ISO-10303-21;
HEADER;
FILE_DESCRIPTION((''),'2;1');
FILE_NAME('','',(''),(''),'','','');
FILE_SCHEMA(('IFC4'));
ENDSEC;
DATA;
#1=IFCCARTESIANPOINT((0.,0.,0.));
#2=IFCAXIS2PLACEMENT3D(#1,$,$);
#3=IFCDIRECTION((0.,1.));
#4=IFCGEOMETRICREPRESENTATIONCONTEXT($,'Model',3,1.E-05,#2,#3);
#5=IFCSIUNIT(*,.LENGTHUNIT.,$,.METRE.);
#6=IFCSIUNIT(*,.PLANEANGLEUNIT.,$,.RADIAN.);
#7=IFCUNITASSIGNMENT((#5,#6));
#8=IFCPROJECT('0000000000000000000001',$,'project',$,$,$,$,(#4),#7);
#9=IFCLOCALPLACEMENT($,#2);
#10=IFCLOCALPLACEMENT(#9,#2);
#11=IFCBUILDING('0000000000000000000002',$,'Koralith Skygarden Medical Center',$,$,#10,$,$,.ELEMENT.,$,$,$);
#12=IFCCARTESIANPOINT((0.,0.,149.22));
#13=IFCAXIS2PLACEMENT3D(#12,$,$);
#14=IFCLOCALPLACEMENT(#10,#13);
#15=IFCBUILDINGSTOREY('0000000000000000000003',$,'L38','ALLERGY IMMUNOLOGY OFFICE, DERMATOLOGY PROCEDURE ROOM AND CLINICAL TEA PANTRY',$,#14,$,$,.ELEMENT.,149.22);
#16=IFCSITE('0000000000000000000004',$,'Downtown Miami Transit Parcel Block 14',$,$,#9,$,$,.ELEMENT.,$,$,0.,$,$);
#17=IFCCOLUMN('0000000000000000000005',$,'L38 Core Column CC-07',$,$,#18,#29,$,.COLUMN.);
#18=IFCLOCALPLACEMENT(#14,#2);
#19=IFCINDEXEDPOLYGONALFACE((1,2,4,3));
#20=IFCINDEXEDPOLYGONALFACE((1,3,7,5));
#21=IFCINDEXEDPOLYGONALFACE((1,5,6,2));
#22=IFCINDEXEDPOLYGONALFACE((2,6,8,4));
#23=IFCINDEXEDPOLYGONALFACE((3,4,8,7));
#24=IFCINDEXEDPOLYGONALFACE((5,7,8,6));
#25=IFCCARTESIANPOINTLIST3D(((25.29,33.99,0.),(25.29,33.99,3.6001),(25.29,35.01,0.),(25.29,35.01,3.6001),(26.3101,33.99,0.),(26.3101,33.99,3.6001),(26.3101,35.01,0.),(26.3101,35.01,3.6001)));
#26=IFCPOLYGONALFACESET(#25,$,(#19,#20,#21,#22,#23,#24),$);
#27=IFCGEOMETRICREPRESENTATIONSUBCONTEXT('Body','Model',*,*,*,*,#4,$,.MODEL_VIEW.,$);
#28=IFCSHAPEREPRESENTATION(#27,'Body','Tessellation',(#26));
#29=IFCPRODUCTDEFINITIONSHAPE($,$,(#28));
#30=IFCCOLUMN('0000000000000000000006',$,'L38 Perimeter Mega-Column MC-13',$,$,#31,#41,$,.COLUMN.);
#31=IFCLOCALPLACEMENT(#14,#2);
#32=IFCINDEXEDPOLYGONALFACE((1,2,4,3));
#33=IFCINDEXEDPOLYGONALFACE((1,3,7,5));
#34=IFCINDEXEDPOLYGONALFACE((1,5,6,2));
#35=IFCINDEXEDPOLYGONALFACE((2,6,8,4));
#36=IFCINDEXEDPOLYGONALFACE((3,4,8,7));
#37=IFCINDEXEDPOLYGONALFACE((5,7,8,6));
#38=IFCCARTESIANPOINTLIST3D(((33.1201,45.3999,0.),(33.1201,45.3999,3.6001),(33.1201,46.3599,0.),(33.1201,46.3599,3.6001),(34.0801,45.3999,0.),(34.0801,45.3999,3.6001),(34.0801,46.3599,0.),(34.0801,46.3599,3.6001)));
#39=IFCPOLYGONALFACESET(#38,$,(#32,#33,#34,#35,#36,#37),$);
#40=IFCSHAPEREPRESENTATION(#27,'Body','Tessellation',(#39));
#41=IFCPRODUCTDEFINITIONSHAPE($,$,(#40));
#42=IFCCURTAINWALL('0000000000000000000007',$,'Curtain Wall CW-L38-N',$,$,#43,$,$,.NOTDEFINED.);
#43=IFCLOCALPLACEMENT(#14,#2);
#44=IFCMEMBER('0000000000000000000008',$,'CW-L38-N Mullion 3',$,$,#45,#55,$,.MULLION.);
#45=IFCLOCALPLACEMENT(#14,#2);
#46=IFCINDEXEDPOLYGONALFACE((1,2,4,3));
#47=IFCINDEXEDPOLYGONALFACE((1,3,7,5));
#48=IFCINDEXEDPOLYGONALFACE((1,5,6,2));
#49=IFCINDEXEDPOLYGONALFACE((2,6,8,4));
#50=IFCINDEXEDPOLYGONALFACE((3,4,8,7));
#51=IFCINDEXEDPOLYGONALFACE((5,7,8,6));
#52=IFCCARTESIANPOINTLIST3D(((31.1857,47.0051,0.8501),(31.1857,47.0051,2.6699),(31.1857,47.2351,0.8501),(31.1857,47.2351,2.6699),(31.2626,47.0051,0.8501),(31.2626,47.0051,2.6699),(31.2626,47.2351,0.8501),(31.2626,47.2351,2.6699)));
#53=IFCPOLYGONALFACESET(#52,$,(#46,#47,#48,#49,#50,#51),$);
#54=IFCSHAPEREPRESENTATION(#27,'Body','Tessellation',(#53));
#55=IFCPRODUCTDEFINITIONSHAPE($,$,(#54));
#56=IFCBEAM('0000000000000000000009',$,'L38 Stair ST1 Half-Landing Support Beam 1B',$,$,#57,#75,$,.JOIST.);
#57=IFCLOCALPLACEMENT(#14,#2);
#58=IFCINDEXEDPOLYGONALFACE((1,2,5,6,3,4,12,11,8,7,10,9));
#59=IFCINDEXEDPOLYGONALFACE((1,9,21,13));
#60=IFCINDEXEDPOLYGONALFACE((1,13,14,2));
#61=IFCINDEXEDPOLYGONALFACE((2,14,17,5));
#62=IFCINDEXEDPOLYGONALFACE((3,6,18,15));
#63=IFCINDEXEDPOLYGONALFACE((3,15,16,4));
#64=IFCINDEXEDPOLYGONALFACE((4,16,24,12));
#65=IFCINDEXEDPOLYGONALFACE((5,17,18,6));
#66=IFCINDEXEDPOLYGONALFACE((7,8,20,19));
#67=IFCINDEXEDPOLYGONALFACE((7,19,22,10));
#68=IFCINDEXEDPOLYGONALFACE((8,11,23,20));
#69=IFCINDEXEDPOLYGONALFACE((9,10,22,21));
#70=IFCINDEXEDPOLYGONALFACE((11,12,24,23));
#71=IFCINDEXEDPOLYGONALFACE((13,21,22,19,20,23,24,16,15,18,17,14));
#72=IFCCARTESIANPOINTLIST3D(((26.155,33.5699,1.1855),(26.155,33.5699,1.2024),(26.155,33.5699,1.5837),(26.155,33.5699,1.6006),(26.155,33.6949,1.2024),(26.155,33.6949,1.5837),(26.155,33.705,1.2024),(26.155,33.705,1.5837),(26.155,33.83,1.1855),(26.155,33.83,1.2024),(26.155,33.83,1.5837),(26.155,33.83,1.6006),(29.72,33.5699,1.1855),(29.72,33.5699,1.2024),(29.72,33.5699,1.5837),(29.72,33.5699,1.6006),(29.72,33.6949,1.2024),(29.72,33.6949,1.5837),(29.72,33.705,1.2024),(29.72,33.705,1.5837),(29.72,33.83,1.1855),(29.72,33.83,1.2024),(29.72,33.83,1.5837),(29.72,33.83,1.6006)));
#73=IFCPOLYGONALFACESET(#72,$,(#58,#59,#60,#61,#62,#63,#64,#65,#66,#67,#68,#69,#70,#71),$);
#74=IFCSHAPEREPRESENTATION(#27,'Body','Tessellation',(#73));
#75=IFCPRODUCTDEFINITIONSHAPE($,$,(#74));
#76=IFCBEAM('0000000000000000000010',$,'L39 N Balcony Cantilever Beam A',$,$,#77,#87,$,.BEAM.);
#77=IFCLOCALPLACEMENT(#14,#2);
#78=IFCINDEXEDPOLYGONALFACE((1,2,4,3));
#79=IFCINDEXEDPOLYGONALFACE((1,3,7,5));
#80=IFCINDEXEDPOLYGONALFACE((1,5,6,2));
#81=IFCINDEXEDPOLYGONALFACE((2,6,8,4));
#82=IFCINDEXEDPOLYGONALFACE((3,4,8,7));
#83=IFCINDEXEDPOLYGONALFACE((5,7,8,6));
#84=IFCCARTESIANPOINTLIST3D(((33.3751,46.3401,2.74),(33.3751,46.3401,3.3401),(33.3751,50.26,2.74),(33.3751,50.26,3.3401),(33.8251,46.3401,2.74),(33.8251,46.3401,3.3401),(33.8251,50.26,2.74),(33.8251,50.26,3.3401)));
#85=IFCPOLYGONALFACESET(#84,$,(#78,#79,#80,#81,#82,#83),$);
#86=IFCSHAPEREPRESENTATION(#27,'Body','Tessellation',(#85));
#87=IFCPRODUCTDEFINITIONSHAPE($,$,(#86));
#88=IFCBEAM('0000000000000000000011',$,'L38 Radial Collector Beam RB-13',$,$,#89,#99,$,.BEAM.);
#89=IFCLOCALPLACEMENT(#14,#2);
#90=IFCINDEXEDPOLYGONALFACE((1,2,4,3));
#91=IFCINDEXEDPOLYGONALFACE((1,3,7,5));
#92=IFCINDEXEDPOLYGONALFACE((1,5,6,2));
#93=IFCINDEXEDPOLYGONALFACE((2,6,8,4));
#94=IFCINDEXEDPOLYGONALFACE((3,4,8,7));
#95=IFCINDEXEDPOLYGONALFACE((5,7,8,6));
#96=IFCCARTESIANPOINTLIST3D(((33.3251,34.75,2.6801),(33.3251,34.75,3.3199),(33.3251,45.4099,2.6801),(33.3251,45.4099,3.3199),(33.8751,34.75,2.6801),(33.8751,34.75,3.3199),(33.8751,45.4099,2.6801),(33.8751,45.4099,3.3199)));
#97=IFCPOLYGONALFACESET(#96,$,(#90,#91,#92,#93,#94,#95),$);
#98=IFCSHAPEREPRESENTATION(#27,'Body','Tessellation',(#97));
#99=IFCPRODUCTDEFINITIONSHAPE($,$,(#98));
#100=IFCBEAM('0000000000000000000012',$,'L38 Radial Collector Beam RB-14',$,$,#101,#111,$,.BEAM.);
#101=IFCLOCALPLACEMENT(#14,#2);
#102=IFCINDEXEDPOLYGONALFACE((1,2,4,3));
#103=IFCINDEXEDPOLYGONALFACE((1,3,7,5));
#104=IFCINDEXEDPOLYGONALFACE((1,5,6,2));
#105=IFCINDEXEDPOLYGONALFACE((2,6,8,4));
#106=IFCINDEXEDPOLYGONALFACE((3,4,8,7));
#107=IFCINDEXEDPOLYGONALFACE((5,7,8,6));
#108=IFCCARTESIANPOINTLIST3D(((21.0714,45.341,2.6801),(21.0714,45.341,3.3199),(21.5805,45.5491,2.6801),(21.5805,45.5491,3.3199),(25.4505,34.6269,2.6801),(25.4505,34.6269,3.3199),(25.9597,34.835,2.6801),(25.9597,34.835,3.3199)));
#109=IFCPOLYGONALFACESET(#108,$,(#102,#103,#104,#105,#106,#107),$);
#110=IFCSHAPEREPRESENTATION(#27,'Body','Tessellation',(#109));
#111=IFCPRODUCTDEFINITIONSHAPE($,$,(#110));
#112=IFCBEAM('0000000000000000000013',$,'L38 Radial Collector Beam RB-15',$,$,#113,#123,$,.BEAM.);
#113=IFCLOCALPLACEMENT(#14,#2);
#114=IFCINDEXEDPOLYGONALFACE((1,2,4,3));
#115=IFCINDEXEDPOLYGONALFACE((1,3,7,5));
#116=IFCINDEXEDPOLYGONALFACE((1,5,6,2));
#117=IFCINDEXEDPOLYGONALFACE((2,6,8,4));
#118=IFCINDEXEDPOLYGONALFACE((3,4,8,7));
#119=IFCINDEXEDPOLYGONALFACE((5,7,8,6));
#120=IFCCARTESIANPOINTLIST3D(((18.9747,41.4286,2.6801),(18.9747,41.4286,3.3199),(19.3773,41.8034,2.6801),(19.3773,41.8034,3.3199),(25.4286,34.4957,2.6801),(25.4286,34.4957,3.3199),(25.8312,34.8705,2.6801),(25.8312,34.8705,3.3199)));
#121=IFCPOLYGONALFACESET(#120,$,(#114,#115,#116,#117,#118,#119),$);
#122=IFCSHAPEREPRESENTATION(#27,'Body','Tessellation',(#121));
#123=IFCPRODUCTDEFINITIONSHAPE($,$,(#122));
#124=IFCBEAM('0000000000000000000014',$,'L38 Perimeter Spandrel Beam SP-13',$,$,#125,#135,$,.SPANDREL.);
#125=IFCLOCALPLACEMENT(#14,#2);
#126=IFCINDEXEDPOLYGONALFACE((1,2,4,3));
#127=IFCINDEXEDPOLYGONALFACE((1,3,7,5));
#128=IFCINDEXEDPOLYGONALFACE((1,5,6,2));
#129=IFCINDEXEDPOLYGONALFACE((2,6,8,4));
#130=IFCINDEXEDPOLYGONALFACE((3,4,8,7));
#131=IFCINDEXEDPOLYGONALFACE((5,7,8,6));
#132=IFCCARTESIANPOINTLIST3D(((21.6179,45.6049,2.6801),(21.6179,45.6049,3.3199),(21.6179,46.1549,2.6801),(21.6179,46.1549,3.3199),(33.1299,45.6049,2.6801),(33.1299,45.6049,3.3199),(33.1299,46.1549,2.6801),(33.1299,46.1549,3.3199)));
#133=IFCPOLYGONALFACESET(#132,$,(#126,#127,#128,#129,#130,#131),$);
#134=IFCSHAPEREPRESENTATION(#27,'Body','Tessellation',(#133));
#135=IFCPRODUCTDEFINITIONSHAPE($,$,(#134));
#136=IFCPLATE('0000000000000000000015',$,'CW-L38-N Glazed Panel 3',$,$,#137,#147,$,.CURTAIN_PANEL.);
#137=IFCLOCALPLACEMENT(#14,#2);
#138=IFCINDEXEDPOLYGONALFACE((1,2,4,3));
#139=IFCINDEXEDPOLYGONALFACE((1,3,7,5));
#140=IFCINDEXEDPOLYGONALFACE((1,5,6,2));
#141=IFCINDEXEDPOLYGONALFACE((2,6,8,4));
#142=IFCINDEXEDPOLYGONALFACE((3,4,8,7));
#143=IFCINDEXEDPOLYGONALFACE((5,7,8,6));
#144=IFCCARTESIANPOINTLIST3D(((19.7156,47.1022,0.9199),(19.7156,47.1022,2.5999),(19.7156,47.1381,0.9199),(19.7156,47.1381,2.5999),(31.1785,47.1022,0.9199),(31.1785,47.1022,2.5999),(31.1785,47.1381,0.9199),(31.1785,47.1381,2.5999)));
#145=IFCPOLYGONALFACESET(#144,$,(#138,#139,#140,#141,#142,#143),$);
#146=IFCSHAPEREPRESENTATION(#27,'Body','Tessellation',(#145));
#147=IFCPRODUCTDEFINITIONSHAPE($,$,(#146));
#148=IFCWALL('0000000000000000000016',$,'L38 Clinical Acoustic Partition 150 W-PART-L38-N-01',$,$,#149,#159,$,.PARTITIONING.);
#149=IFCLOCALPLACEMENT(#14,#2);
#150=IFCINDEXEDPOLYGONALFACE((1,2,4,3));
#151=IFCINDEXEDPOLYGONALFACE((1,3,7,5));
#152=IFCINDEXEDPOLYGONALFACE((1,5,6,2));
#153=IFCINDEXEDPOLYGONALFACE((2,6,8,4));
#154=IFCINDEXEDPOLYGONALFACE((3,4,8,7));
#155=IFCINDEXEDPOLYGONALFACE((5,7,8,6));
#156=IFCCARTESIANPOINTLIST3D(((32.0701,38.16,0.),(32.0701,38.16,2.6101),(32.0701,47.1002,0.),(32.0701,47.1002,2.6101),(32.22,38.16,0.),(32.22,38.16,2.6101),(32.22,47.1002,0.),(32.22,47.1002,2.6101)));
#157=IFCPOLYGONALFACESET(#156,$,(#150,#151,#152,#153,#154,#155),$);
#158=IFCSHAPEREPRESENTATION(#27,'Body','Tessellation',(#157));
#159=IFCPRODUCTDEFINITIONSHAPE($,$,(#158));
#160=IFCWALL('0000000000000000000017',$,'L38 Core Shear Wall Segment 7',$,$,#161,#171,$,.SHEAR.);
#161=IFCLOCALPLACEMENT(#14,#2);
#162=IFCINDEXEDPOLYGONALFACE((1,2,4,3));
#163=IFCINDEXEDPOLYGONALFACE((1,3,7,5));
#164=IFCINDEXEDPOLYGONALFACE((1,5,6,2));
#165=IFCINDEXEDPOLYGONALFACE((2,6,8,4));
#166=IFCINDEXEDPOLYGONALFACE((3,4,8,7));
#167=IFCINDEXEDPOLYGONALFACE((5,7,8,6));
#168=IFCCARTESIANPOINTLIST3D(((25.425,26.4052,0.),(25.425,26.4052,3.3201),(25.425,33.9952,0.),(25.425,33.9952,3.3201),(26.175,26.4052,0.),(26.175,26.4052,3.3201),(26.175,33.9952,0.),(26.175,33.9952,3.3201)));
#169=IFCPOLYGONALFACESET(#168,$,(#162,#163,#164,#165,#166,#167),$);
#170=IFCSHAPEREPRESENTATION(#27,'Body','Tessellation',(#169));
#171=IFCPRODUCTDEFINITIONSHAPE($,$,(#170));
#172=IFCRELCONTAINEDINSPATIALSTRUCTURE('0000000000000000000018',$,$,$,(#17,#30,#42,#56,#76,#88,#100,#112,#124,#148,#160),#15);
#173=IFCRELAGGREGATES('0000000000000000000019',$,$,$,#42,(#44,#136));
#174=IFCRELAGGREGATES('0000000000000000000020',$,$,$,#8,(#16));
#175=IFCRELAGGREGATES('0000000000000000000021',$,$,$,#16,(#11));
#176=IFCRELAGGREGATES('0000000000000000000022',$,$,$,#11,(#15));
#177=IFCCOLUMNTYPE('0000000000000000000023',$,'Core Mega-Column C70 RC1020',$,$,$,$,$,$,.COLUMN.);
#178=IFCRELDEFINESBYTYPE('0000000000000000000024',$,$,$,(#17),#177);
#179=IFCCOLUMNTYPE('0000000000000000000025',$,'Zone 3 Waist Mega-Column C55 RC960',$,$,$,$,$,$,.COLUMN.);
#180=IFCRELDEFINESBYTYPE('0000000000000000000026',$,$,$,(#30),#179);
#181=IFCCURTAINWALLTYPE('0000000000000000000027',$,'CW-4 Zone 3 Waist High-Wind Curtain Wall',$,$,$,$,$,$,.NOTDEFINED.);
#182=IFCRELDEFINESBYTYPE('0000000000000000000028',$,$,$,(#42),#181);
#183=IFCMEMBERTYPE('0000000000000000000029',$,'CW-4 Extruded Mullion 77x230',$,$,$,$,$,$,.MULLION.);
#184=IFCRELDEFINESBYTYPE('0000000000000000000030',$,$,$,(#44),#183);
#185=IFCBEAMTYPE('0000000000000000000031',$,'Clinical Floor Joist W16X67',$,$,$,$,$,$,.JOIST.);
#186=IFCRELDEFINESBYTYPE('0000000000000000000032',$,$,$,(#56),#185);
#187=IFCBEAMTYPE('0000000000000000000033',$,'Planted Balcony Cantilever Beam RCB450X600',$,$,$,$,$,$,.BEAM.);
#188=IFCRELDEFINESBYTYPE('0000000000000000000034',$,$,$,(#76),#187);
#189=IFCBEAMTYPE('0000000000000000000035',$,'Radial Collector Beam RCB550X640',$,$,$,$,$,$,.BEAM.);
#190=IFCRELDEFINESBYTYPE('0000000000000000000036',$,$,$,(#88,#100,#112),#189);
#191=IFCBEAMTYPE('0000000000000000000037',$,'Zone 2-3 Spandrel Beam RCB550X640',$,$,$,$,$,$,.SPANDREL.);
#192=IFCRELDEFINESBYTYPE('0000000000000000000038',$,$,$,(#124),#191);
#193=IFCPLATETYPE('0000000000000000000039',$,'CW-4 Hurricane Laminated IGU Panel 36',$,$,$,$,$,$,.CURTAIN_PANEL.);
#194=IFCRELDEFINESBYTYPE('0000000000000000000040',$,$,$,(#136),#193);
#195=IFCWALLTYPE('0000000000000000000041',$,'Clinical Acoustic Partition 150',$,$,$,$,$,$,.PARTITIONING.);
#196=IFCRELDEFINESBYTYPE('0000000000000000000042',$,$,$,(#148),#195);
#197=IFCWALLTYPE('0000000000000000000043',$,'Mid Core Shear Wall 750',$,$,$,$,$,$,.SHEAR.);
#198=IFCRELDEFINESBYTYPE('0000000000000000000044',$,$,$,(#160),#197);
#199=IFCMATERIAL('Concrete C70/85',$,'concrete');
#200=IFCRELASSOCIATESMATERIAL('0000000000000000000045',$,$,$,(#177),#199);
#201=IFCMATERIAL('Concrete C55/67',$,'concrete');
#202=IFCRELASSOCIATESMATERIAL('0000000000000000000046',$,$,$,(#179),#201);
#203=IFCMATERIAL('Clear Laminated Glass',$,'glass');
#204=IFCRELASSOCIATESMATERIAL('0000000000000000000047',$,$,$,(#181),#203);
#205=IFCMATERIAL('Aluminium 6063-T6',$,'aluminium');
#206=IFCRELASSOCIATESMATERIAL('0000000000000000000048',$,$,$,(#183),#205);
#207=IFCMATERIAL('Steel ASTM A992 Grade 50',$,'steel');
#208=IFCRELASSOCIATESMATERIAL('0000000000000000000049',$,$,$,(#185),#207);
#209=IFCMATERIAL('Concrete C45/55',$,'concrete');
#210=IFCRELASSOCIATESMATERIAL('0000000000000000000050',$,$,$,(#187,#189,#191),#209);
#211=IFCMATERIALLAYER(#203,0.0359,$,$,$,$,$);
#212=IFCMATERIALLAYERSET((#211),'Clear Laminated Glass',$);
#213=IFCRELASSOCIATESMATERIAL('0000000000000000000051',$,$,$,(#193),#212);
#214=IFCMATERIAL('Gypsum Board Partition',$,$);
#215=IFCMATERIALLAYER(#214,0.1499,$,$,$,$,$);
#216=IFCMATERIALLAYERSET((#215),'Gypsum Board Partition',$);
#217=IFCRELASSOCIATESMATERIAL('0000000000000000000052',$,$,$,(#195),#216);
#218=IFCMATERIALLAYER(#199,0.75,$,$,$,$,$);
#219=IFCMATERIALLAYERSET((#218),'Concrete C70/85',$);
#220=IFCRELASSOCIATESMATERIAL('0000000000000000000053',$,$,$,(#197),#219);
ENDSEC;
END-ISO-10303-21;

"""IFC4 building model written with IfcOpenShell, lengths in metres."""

from ifc_helpers import new_model, si_unit, direction, frame, frame_2d, origin, origin_2d, place, context, subcontext, project, spatial, rectangle, i_section, extrude, material, layer, layer_set, material_profile, profile_set, type_object, element, aggregate, save


model = new_model("IFC4")

# Units and contexts
model_context = context("Model", 3, precision=1e-05, world=origin(), true_north=direction((0.0, 1.0)))
body_context = subcontext(model_context, "Body", "Model", "MODEL_VIEW")
ifc_project = project(units=[si_unit("LENGTHUNIT", "METRE"), si_unit("PLANEANGLEUNIT", "RADIAN")], contexts=[model_context])

# Site, building, storey
site_placement = place(None, origin())
site = spatial("IfcSite", under=ifc_project, at=site_placement, Name="Downtown Miami Transit Parcel Block 14", CompositionType="ELEMENT", RefElevation=0.0)
building_placement = place(site_placement, origin())
building = spatial("IfcBuilding", under=site, at=building_placement, Name="Koralith Skygarden Medical Center", CompositionType="ELEMENT")
storey_placement = place(building_placement, frame((0.0, 0.0, 149.22)))
storey = spatial("IfcBuildingStorey", under=building, at=storey_placement, Name="L38", Description="ALLERGY IMMUNOLOGY OFFICE, DERMATOLOGY PROCEDURE ROOM AND CLINICAL TEA PANTRY", CompositionType="ELEMENT", Elevation=149.22)

# Columns
ifc_material_1 = material(Name="Concrete C70/85", Category="concrete")
ifc_material_profile_1 = material_profile(ifc_material_1, rectangle(XDim=1.02, YDim=1.02, at=origin_2d()), Name="RC1020X1020")
ifc_profile_set_1 = profile_set([ifc_material_profile_1], Name="Concrete C70/85")
column_type_1 = type_object("IfcColumnType", Name="Core Mega-Column C70 RC1020", PredefinedType="COLUMN", material=ifc_profile_set_1)
column_1_placement = place(storey_placement, frame((25.8, 34.5, 0.0), z_axis=(0.0, 0.0, 1.0), x_axis=(1.0, 0.0, 0.0)))
element("IfcColumn", 1, at=column_1_placement, inside=storey, type_object=column_type_1, Name="L38 Core Column CC-07", PredefinedType="COLUMN", context=body_context, shape_type="SweptSolid", body=[
    extrude(rectangle(XDim=1.02, YDim=1.02, at=origin_2d()), origin(), (0.0, 0.0, 1.0), 3.6001),
])
ifc_material_2 = material(Name="Concrete C55/67", Category="concrete")
ifc_material_profile_2 = material_profile(ifc_material_2, rectangle(XDim=0.96, YDim=0.96, at=origin_2d()), Name="RC960X960")
ifc_profile_set_2 = profile_set([ifc_material_profile_2], Name="Concrete C55/67")
column_type_2 = type_object("IfcColumnType", Name="Zone 3 Waist Mega-Column C55 RC960", PredefinedType="COLUMN", material=ifc_profile_set_2)
column_2_placement = place(storey_placement, frame((33.6001, 45.8799, 0.0), z_axis=(0.0, 0.0, 1.0), x_axis=(1.0, 0.0, 0.0)))
element("IfcColumn", 2, at=column_2_placement, inside=storey, type_object=column_type_2, Name="L38 Perimeter Mega-Column MC-13", PredefinedType="COLUMN", context=body_context, shape_type="SweptSolid", body=[
    extrude(rectangle(XDim=0.96, YDim=0.96, at=origin_2d()), origin(), (0.0, 0.0, 1.0), 3.6001),
])

# Curtain wall, member
ifc_material_3 = material(Name="Clear Laminated Glass", Category="glass")
curtain_wall_type = type_object("IfcCurtainWallType", Name="CW-4 Zone 3 Waist High-Wind Curtain Wall", PredefinedType="NOTDEFINED", material=ifc_material_3)
curtain_wall_placement = place(storey_placement, origin())
curtain_wall = element("IfcCurtainWall", 3, at=curtain_wall_placement, inside=storey, type_object=curtain_wall_type, Name="Curtain Wall CW-L38-N", PredefinedType="NOTDEFINED")
ifc_material_4 = material(Name="Aluminium 6063-T6", Category="aluminium")
ifc_material_profile_3 = material_profile(ifc_material_4, rectangle(XDim=0.0769, YDim=0.23, at=origin_2d()), Name="MUL77X230")
ifc_profile_set_3 = profile_set([ifc_material_profile_3], Name="Aluminium 6063-T6")
member_type = type_object("IfcMemberType", Name="CW-4 Extruded Mullion 77x230", PredefinedType="MULLION", material=ifc_profile_set_3)
member_placement = place(storey_placement, frame((31.2241, 47.1201, 0.8501), z_axis=(0.0, 0.0, 1.0), x_axis=(1.0, 0.0, 0.0)))
member = element("IfcMember", 4, at=member_placement, type_object=member_type, Name="CW-L38-N Mullion 3", PredefinedType="MULLION", context=body_context, shape_type="SweptSolid", body=[
    extrude(rectangle(XDim=0.0769, YDim=0.23, at=origin_2d()), origin(), (0.0, 0.0, 1.0), 1.8198),
])

# Beams
ifc_material_5 = material(Name="Steel ASTM A992 Grade 50", Category="steel")
ifc_material_profile_4 = material_profile(ifc_material_5, i_section(OverallWidth=0.26, OverallDepth=0.415, WebThickness=0.01, FlangeThickness=0.0168, at=origin_2d()), Name="W16X67")
ifc_profile_set_4 = profile_set([ifc_material_profile_4], Name="Steel ASTM A992 Grade 50")
beam_type_1 = type_object("IfcBeamType", Name="Clinical Floor Joist W16X67", PredefinedType="JOIST", material=ifc_profile_set_4)
beam_1_placement = place(storey_placement, frame((26.155, 33.7, 1.3931), z_axis=(1.0, 0.0, 0.0), x_axis=(0.0, 1.0, 0.0)))
element("IfcBeam", 5, at=beam_1_placement, inside=storey, type_object=beam_type_1, Name="L38 Stair ST1 Half-Landing Support Beam 1B", PredefinedType="JOIST", context=body_context, shape_type="SweptSolid", body=[
    extrude(i_section(OverallWidth=0.26, OverallDepth=0.415, WebThickness=0.01, FlangeThickness=0.0168, at=origin_2d()), origin(), (0.0, 0.0, 1.0), 3.5649),
])
ifc_material_6 = material(Name="Concrete C45/55", Category="concrete")
ifc_material_profile_5 = material_profile(ifc_material_6, rectangle(XDim=0.45, YDim=0.6001, at=origin_2d()), Name="RCB450X600")
ifc_profile_set_5 = profile_set([ifc_material_profile_5], Name="Concrete C45/55")
beam_type_2 = type_object("IfcBeamType", Name="Planted Balcony Cantilever Beam RCB450X600", PredefinedType="BEAM", material=ifc_profile_set_5)
beam_2_placement = place(storey_placement, frame((33.6001, 46.3401, 3.04), z_axis=(0.0, 1.0, 0.0), x_axis=(-1.0, 0.0, 0.0)))
element("IfcBeam", 6, at=beam_2_placement, inside=storey, type_object=beam_type_2, Name="L39 N Balcony Cantilever Beam A", PredefinedType="BEAM", context=body_context, shape_type="SweptSolid", body=[
    extrude(rectangle(XDim=0.45, YDim=0.6001, at=origin_2d()), origin(), (0.0, 0.0, 1.0), 3.9199),
])
ifc_material_profile_6 = material_profile(ifc_material_6, rectangle(XDim=0.55, YDim=0.6399, at=origin_2d()), Name="RCB550X640")
ifc_profile_set_6 = profile_set([ifc_material_profile_6], Name="Concrete C45/55")
beam_type_3 = type_object("IfcBeamType", Name="Radial Collector Beam RCB550X640", PredefinedType="BEAM", material=ifc_profile_set_6)
beam_3_placement = place(storey_placement, frame((33.6001, 34.75, 3.0), z_axis=(0.0, 1.0, 0.0), x_axis=(-1.0, 0.0, 0.0)))
element("IfcBeam", 7, at=beam_3_placement, inside=storey, type_object=beam_type_3, Name="L38 Radial Collector Beam RB-13", PredefinedType="BEAM", context=body_context, shape_type="SweptSolid", body=[
    extrude(rectangle(XDim=0.55, YDim=0.6399, at=origin_2d()), origin(), (0.0, 0.0, 1.0), 10.6599),
])
beam_4_placement = place(storey_placement, frame((25.7051, 34.731, 3.0), z_axis=(-0.378345, 0.925665, 0.0), x_axis=(-0.925665, -0.378345, 0.0)))
element("IfcBeam", 8, at=beam_4_placement, inside=storey, type_object=beam_type_3, Name="L38 Radial Collector Beam RB-14", PredefinedType="BEAM", context=body_context, shape_type="SweptSolid", body=[
    extrude(rectangle(XDim=0.55, YDim=0.6399, at=origin_2d()), origin(), (0.0, 0.0, 1.0), 11.5745),
])
beam_5_placement = place(storey_placement, frame((25.6299, 34.6831, 3.0), z_axis=(-0.681369, 0.73194, 0.0), x_axis=(-0.73194, -0.681369, 0.0)))
element("IfcBeam", 9, at=beam_5_placement, inside=storey, type_object=beam_type_3, Name="L38 Radial Collector Beam RB-15", PredefinedType="BEAM", context=body_context, shape_type="SweptSolid", body=[
    extrude(rectangle(XDim=0.55, YDim=0.6399, at=origin_2d()), origin(), (0.0, 0.0, 1.0), 9.4719),
])
ifc_material_profile_7 = material_profile(ifc_material_6, rectangle(XDim=0.55, YDim=0.6399, at=origin_2d()), Name="RCB550X640")
ifc_profile_set_7 = profile_set([ifc_material_profile_7], Name="Concrete C45/55")
beam_type_4 = type_object("IfcBeamType", Name="Zone 2-3 Spandrel Beam RCB550X640", PredefinedType="SPANDREL", material=ifc_profile_set_7)
beam_6_placement = place(storey_placement, frame((33.1299, 45.8799, 3.0), z_axis=(-1.0, 0.0, 0.0), x_axis=(0.0, -1.0, 0.0)))
element("IfcBeam", 10, at=beam_6_placement, inside=storey, type_object=beam_type_4, Name="L38 Perimeter Spandrel Beam SP-13", PredefinedType="SPANDREL", context=body_context, shape_type="SweptSolid", body=[
    extrude(rectangle(XDim=0.55, YDim=0.6399, at=origin_2d()), origin(), (0.0, 0.0, 1.0), 11.512),
])

# Plate
ifc_layer_1 = layer(ifc_material_3, 0.0359)
ifc_layer_set_1 = layer_set([ifc_layer_1], Name="Clear Laminated Glass")
plate_type = type_object("IfcPlateType", Name="CW-4 Hurricane Laminated IGU Panel 36", PredefinedType="CURTAIN_PANEL", material=ifc_layer_set_1)
plate_placement = place(storey_placement, frame((25.447, 47.1201, 0.9199), z_axis=(0.0, 0.0, 1.0), x_axis=(-1.0, 0.0, 0.0)))
plate = element("IfcPlate", 11, at=plate_placement, type_object=plate_type, Name="CW-L38-N Glazed Panel 3", PredefinedType="CURTAIN_PANEL", context=body_context, shape_type="SweptSolid", body=[
    extrude(rectangle(XDim=11.4629, YDim=0.0359, at=origin_2d()), origin(), (0.0, 0.0, 1.0), 1.6799),
])
aggregate(curtain_wall, [member, plate])

# Wall
ifc_material_7 = material(Name="Gypsum Board Partition")
ifc_layer_2 = layer(ifc_material_7, 0.1499)
ifc_layer_set_2 = layer_set([ifc_layer_2], Name="Gypsum Board Partition")
wall_type_1 = type_object("IfcWallType", Name="Clinical Acoustic Partition 150", PredefinedType="PARTITIONING", material=ifc_layer_set_2)
wall_1_placement = place(storey_placement, frame((32.145, 38.1599, 0.0), z_axis=(0.0, 0.0, 1.0), x_axis=(0.0, 1.0, 0.0)))
element("IfcWall", 12, at=wall_1_placement, inside=storey, type_object=wall_type_1, Name="L38 Clinical Acoustic Partition 150 W-PART-L38-N-01", PredefinedType="PARTITIONING", context=body_context, shape_type="SweptSolid", body=[
    extrude(rectangle(XDim=8.9402, YDim=0.1499, at=frame_2d((4.4702, 0.0))), origin(), (0.0, 0.0, 1.0), 2.6101),
])

# Wall
ifc_layer_3 = layer(ifc_material_1, 0.75)
ifc_layer_set_3 = layer_set([ifc_layer_3], Name="Concrete C70/85")
wall_type_2 = type_object("IfcWallType", Name="Mid Core Shear Wall 750", PredefinedType="SHEAR", material=ifc_layer_set_3)
wall_2_placement = place(storey_placement, frame((25.8, 33.9951, 0.0), z_axis=(0.0, 0.0, 1.0), x_axis=(0.0, -1.0, 0.0)))
element("IfcWall", 13, at=wall_2_placement, inside=storey, type_object=wall_type_2, Name="L38 Core Shear Wall Segment 7", PredefinedType="SHEAR", context=body_context, shape_type="SweptSolid", body=[
    extrude(rectangle(XDim=7.5901, YDim=0.75, at=frame_2d((3.7949, 0.0))), origin(), (0.0, 0.0, 1.0), 3.3201),
])

save(model, "model.ifc")
